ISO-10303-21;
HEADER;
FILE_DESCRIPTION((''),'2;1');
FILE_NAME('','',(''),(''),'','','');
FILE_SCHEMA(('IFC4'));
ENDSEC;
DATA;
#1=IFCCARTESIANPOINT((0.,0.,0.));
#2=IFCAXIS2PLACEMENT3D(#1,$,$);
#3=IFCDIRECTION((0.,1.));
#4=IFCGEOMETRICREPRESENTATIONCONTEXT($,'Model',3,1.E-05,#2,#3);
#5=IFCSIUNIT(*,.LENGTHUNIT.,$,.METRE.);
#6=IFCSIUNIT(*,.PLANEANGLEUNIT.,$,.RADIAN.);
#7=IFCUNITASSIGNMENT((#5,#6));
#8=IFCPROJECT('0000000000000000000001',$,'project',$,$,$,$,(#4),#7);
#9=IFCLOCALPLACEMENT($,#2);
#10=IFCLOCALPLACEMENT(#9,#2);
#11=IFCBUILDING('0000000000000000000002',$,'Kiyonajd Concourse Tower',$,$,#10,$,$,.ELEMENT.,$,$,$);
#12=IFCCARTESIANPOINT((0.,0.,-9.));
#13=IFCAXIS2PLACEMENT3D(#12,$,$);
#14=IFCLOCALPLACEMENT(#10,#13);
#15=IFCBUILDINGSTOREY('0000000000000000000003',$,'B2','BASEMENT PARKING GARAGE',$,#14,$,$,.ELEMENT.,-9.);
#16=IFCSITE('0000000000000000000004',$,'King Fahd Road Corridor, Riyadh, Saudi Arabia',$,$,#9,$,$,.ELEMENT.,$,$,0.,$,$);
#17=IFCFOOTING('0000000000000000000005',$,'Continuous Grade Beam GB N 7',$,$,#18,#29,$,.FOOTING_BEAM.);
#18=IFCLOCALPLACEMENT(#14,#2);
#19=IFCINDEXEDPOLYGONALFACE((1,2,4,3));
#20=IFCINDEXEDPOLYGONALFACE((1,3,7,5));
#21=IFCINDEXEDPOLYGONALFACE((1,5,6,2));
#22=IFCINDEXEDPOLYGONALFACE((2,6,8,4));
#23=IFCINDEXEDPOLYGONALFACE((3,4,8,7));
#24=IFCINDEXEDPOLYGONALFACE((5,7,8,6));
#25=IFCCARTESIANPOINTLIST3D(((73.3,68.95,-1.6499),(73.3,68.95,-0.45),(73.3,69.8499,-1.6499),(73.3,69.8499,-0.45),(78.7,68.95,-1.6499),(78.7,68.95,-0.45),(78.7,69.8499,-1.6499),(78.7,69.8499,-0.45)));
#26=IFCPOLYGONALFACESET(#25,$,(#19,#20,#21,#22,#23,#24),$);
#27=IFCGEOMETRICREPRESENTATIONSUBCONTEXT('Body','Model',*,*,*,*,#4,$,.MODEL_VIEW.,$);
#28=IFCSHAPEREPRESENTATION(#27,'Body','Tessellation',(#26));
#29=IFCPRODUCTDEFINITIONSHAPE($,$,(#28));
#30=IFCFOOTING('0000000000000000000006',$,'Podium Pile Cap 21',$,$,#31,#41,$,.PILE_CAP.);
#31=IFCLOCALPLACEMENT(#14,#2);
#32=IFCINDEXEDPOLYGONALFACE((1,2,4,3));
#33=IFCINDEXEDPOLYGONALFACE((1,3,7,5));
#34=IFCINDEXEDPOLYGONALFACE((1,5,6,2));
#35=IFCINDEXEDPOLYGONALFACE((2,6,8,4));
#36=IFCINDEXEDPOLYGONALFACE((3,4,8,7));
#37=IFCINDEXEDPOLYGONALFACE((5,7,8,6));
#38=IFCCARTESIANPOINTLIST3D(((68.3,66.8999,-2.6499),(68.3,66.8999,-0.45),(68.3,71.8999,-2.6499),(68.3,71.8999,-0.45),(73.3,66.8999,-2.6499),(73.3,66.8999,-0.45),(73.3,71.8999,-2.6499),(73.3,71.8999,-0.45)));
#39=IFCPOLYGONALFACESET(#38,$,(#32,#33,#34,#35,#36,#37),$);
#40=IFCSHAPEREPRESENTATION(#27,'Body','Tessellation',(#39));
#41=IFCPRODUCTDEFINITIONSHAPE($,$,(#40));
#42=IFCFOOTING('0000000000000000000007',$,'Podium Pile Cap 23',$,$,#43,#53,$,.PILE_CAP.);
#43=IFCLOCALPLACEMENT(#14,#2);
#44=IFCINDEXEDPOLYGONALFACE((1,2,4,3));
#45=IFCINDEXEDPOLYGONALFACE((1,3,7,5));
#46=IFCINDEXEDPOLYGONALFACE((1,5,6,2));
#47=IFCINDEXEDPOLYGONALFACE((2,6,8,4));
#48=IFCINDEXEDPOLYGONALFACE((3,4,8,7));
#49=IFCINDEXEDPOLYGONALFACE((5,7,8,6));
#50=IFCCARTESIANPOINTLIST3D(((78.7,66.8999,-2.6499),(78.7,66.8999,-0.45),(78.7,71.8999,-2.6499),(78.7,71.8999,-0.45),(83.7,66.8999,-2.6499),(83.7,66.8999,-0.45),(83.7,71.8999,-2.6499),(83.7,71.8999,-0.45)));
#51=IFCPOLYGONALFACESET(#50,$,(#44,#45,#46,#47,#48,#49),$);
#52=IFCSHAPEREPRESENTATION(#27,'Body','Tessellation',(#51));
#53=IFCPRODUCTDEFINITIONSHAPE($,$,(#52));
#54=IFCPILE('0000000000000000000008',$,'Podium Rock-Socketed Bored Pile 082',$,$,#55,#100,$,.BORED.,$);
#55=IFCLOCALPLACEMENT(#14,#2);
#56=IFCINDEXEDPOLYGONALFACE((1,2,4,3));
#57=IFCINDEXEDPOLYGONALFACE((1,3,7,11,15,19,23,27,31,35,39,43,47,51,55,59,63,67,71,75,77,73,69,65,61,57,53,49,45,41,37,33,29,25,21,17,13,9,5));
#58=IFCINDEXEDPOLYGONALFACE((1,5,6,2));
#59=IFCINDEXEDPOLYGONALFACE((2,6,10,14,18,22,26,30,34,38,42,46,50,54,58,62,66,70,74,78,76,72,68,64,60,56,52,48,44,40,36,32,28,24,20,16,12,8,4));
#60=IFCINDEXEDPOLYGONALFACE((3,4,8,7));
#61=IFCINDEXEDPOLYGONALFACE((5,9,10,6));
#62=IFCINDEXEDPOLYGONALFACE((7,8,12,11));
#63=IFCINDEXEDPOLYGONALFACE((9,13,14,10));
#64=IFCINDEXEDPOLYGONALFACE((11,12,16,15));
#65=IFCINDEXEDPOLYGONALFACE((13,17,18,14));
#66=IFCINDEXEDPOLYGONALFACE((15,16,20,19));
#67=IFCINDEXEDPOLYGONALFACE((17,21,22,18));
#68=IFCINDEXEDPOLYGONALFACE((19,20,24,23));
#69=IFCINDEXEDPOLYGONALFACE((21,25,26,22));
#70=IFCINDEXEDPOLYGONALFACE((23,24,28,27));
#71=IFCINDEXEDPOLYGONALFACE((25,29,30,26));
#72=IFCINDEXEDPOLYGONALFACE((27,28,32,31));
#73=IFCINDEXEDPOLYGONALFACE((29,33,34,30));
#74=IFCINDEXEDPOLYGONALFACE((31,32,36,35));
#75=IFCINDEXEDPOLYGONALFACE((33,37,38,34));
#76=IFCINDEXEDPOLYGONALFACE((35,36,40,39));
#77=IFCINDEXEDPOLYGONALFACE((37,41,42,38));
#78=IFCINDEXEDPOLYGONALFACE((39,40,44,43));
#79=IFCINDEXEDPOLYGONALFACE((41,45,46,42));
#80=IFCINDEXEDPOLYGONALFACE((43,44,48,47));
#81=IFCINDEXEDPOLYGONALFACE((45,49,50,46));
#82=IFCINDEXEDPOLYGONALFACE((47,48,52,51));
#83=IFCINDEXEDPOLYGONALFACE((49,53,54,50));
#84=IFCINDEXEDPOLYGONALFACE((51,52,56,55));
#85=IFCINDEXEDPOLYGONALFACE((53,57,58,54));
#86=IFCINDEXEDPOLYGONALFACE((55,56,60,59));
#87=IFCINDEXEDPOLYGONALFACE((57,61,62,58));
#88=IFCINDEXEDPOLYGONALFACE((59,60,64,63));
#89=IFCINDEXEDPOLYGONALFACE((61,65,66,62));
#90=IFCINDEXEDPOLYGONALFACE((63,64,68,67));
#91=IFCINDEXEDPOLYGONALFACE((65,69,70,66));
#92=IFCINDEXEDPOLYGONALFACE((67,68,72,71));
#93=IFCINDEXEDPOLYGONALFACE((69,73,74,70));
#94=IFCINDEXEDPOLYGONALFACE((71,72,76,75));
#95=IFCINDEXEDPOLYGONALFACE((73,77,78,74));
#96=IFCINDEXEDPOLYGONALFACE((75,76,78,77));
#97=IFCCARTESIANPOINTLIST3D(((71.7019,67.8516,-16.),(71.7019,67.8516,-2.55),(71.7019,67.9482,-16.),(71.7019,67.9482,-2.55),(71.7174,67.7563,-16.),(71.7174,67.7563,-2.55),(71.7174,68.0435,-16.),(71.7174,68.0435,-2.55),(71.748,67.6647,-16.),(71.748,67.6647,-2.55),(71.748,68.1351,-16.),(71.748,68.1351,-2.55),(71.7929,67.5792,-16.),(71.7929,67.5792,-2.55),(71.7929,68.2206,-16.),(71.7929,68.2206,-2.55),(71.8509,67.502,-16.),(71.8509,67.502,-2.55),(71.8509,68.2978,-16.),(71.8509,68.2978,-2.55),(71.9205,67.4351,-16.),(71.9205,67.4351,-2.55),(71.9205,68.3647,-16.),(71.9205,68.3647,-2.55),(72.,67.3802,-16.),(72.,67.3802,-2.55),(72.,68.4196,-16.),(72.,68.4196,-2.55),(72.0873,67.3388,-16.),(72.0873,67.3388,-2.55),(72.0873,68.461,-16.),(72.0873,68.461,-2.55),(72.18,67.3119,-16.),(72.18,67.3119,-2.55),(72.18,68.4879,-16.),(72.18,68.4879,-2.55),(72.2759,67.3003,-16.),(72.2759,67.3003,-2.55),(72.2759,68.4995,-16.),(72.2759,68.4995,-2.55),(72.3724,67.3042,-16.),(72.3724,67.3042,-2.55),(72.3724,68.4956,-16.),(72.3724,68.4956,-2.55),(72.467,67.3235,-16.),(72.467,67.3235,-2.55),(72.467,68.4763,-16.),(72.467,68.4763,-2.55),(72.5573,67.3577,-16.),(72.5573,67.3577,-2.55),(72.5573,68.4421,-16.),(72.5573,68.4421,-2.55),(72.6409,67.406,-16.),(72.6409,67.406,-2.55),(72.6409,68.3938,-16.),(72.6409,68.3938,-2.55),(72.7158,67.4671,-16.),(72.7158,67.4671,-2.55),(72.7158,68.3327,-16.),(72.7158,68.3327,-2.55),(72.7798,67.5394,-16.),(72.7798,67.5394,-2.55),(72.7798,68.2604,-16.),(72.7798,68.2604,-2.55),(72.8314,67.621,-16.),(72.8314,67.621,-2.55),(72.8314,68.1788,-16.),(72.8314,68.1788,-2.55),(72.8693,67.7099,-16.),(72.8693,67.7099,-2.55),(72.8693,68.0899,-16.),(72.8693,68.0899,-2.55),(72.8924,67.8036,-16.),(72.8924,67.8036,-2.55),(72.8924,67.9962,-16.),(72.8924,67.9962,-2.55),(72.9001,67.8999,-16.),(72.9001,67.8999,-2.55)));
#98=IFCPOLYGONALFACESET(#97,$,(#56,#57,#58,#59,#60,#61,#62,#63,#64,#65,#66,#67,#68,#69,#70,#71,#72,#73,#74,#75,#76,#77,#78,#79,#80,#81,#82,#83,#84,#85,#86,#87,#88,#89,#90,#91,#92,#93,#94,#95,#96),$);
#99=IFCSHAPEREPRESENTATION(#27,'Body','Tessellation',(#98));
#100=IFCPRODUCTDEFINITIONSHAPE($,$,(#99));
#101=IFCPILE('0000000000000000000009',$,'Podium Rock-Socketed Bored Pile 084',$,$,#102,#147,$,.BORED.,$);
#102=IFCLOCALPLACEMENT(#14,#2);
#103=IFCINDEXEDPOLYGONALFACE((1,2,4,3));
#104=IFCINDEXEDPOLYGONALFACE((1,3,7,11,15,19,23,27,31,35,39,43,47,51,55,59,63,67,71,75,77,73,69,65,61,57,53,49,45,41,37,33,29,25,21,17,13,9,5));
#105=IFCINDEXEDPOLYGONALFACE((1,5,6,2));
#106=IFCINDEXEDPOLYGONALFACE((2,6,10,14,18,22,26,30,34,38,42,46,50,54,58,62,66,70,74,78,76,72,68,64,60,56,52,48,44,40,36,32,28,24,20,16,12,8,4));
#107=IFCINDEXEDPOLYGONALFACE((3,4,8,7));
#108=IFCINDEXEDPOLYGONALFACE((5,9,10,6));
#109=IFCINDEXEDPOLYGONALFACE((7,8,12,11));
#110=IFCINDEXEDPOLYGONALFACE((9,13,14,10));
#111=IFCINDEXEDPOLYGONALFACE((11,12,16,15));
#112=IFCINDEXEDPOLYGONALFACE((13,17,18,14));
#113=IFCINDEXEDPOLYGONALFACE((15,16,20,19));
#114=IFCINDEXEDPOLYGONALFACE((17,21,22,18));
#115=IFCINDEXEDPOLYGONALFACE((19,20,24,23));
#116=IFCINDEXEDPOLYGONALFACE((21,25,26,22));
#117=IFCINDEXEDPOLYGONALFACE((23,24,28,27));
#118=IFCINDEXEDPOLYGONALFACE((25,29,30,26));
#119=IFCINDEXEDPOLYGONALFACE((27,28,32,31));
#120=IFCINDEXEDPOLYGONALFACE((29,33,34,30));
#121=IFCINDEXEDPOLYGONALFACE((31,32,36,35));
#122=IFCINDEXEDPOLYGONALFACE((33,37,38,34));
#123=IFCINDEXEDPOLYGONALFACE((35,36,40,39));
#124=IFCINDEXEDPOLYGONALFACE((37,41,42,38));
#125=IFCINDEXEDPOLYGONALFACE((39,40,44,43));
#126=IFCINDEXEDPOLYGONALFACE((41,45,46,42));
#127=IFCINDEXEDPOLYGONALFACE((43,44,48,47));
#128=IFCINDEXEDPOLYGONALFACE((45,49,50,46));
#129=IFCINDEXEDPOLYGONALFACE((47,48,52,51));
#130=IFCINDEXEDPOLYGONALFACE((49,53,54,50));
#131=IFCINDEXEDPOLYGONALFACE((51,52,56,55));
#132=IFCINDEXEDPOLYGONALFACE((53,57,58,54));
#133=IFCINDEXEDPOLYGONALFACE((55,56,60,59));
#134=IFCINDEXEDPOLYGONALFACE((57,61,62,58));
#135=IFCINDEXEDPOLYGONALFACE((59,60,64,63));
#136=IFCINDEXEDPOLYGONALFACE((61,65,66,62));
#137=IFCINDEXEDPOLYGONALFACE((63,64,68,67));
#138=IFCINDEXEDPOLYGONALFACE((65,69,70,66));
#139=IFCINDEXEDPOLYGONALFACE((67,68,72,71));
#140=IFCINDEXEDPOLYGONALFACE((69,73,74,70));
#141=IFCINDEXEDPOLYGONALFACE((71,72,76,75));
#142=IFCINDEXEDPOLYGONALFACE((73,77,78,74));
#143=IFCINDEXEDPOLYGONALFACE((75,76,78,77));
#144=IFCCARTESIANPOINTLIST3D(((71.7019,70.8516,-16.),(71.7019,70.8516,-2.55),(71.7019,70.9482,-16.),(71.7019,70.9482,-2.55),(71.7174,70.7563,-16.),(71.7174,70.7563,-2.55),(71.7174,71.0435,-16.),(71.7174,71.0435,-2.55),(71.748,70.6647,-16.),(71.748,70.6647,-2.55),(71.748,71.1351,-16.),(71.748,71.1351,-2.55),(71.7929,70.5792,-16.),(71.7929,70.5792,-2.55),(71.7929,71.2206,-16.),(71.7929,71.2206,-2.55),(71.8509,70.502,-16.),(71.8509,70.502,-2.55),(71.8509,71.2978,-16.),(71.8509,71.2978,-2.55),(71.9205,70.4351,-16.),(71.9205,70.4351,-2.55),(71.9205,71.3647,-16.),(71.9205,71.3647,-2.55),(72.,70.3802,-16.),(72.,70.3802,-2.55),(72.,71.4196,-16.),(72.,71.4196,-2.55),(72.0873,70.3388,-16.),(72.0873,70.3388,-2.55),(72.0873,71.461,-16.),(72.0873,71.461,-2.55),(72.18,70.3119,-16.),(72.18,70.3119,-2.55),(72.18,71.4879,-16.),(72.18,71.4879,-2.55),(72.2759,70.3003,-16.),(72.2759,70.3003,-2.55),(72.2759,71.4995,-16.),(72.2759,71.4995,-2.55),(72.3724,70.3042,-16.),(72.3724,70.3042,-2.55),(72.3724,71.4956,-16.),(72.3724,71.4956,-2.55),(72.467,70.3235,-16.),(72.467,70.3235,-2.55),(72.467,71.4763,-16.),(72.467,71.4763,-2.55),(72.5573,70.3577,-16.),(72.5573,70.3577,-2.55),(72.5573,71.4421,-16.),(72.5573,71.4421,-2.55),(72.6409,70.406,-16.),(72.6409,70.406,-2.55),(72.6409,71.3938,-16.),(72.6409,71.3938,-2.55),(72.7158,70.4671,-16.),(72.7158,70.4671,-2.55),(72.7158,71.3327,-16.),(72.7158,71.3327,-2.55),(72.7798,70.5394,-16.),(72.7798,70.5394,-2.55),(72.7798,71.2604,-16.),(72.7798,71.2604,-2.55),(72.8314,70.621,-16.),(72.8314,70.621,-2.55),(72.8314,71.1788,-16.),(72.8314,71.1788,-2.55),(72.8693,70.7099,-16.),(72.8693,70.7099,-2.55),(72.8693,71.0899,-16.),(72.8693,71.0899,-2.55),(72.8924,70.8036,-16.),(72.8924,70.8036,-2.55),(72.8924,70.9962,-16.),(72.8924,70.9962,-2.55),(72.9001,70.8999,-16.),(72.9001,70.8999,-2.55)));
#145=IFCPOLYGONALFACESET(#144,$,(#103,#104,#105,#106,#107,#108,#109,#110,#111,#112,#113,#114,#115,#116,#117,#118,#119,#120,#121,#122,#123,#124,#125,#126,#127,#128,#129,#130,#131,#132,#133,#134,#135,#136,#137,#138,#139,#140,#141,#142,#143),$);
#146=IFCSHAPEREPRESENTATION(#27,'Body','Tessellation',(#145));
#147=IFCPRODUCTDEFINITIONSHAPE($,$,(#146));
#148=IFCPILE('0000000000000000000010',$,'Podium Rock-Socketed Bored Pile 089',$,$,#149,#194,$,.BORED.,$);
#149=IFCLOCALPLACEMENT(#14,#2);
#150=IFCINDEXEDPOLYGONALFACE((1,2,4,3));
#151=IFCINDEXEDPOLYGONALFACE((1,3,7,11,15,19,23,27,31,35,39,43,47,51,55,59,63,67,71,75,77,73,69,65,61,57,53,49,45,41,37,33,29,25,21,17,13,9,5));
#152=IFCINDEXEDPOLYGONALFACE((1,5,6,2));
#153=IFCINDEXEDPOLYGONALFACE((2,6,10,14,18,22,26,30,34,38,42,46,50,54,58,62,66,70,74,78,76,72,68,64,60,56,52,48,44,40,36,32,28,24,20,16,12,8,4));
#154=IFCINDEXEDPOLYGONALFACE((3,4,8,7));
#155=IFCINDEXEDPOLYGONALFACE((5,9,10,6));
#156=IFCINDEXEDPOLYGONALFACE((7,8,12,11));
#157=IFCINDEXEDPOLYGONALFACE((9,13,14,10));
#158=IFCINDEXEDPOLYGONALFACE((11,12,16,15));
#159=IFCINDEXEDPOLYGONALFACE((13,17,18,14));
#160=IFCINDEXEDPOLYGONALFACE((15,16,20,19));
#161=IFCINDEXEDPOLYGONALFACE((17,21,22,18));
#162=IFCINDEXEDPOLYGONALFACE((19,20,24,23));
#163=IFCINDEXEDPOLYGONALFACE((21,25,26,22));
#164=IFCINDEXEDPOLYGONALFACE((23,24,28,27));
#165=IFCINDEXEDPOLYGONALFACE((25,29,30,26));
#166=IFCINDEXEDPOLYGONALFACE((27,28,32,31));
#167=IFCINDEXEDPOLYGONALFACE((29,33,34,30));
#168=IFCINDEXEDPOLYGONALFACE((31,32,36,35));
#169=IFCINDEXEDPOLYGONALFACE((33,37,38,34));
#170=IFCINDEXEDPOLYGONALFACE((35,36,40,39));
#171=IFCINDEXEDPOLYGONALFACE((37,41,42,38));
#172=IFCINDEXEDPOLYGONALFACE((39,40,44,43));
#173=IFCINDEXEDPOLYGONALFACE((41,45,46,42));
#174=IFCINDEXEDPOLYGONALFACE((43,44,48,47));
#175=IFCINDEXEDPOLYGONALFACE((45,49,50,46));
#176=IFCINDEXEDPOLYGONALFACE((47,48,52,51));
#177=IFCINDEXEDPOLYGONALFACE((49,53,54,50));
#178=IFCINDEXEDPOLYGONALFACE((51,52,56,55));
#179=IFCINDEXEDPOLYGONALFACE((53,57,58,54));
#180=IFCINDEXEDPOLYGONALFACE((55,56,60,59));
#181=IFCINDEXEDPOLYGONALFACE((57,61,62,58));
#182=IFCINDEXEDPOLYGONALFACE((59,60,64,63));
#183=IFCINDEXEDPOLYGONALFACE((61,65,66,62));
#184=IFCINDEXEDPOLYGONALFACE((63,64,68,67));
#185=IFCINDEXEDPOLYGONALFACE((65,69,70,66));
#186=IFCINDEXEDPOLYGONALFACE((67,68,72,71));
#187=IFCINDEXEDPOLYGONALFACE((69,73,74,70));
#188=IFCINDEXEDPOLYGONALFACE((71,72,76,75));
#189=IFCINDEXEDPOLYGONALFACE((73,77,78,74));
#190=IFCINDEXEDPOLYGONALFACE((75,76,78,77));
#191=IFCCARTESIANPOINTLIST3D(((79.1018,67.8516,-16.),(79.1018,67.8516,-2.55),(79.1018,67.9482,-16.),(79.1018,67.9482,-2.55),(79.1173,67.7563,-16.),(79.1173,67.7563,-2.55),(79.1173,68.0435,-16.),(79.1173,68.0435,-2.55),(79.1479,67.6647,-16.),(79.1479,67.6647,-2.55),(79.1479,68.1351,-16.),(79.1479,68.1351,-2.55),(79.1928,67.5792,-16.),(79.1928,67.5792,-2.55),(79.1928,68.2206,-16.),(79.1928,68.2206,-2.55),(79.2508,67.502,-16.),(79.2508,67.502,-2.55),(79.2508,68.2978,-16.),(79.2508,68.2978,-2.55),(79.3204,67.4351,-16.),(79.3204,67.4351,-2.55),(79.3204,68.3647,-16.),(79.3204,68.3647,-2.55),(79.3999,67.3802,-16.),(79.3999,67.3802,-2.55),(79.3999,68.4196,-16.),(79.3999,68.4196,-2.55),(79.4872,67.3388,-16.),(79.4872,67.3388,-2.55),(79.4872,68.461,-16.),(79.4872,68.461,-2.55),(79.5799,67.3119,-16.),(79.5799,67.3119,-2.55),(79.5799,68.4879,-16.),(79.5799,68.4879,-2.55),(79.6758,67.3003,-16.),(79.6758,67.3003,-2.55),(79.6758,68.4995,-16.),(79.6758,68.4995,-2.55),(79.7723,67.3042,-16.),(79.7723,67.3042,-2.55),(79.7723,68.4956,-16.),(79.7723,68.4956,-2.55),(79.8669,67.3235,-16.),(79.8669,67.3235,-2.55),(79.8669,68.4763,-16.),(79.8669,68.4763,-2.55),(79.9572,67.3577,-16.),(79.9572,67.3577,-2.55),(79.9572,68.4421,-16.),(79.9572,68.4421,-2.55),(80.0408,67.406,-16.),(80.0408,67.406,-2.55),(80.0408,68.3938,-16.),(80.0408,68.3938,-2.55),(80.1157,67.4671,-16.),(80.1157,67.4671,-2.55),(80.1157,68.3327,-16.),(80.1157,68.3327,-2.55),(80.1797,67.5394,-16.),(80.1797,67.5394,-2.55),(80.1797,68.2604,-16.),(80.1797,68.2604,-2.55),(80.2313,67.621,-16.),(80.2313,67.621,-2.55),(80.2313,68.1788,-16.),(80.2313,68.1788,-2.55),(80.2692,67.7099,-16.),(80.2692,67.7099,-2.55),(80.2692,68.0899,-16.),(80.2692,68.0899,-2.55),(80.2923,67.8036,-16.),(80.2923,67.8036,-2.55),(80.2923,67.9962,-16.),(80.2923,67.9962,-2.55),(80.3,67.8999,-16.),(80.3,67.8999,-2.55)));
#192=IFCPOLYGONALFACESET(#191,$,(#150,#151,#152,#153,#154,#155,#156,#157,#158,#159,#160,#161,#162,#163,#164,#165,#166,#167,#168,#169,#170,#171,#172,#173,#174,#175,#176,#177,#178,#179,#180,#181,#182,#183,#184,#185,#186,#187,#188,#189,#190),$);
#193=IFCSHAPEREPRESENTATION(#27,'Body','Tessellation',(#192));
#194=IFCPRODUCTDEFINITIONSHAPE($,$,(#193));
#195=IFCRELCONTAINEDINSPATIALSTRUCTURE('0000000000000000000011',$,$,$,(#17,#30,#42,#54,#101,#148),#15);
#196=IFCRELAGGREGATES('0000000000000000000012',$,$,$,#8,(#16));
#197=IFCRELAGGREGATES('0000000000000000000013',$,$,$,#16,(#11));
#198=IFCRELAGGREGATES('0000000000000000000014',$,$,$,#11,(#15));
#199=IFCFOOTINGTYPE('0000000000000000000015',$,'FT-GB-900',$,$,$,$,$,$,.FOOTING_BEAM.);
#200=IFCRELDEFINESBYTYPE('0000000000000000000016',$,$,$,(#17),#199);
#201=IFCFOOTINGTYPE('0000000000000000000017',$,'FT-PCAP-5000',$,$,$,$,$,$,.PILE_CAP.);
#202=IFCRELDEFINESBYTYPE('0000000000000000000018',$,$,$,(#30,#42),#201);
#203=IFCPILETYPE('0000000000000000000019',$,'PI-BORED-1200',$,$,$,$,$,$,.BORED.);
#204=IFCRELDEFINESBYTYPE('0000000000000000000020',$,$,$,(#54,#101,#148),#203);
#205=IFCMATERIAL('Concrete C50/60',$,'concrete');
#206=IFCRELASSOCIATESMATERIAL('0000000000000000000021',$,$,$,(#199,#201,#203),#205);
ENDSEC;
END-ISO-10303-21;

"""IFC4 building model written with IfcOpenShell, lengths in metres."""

from ifc_helpers import new_model, si_unit, direction, frame, origin, origin_2d, place, context, subcontext, project, spatial, rectangle, circle, extrude, material, material_profile, profile_set, type_object, element, save


model = new_model("IFC4")

# Units and contexts
model_context = context("Model", 3, precision=1e-05, world=origin(), true_north=direction((0.0, 1.0)))
body_context = subcontext(model_context, "Body", "Model", "MODEL_VIEW")
ifc_project = project(units=[si_unit("LENGTHUNIT", "METRE"), si_unit("PLANEANGLEUNIT", "RADIAN")], contexts=[model_context])

# Site, building, storey
site_placement = place(None, origin())
site = spatial("IfcSite", under=ifc_project, at=site_placement, Name="King Fahd Road Corridor, Riyadh, Saudi Arabia", CompositionType="ELEMENT", RefElevation=0.0)
building_placement = place(site_placement, origin())
building = spatial("IfcBuilding", under=site, at=building_placement, Name="Kiyonajd Concourse Tower", CompositionType="ELEMENT")
storey_placement = place(building_placement, frame((0.0, 0.0, -9.0)))
storey = spatial("IfcBuildingStorey", under=building, at=storey_placement, Name="B2", Description="BASEMENT PARKING GARAGE", CompositionType="ELEMENT", Elevation=-9.0)

# Footings
ifc_material_1 = material(Name="Concrete C50/60", Category="concrete")
footing_type_1 = type_object("IfcFootingType", Name="FT-GB-900", PredefinedType="FOOTING_BEAM", material=ifc_material_1)
footing_placement = place(storey_placement, frame((76.0, 69.3999, -1.6499), z_axis=(0.0, 0.0, 1.0), x_axis=(1.0, 0.0, 0.0)))
element("IfcFooting", 1, at=footing_placement, inside=storey, type_object=footing_type_1, Name="Continuous Grade Beam GB N 7", PredefinedType="FOOTING_BEAM", context=body_context, shape_type="SweptSolid", body=[
    extrude(rectangle(XDim=5.3999, YDim=0.8999, at=origin_2d()), origin(), (0.0, 0.0, 1.0), 1.2),
])
footing_type_2 = type_object("IfcFootingType", Name="FT-PCAP-5000", PredefinedType="PILE_CAP", material=ifc_material_1)
for number, where, z_axis, x_axis, name in (
    (2, (70.8, 69.3999, -2.6499), (0.0, 0.0, 1.0), (1.0, 0.0, 0.0), "Podium Pile Cap 21"),
    (3, (81.2, 69.3999, -2.6499), (0.0, 0.0, 1.0), (1.0, 0.0, 0.0), "Podium Pile Cap 23"),
):
    element("IfcFooting", number, at=place(storey_placement, frame(where, z_axis=z_axis, x_axis=x_axis)), inside=storey, type_object=footing_type_2, Name=name, PredefinedType="PILE_CAP", context=body_context, shape_type="SweptSolid", body=[
        extrude(rectangle(XDim=5.0, YDim=5.0, at=origin_2d()), origin(), (0.0, 0.0, 1.0), 2.2),
    ])

# Piles
ifc_material_profile_1 = material_profile(ifc_material_1, circle(Radius=0.6001, at=origin_2d()), Name="PILE-D1200")
ifc_profile_set_1 = profile_set([ifc_material_profile_1], Name="Concrete C50/60")
pile_type_1 = type_object("IfcPileType", Name="PI-BORED-1200", PredefinedType="BORED", material=ifc_profile_set_1)
for number, where, z_axis, x_axis, name in (
    (4, (72.3, 67.8999, -2.55), (0.0, 0.0, -1.0), (1.0, 0.0, 0.0), "Podium Rock-Socketed Bored Pile 082"),
    (5, (72.3, 70.8999, -2.55), (0.0, 0.0, -1.0), (1.0, 0.0, 0.0), "Podium Rock-Socketed Bored Pile 084"),
    (6, (79.7, 67.8999, -2.55), (0.0, 0.0, -1.0), (1.0, 0.0, 0.0), "Podium Rock-Socketed Bored Pile 089"),
):
    element("IfcPile", number, at=place(storey_placement, frame(where, z_axis=z_axis, x_axis=x_axis)), inside=storey, type_object=pile_type_1, Name=name, PredefinedType="BORED", context=body_context, shape_type="SweptSolid", body=[
        extrude(circle(Radius=0.6001, at=origin_2d()), origin(), (0.0, 0.0, 1.0), 13.45),
    ])

save(model, "model.ifc")
